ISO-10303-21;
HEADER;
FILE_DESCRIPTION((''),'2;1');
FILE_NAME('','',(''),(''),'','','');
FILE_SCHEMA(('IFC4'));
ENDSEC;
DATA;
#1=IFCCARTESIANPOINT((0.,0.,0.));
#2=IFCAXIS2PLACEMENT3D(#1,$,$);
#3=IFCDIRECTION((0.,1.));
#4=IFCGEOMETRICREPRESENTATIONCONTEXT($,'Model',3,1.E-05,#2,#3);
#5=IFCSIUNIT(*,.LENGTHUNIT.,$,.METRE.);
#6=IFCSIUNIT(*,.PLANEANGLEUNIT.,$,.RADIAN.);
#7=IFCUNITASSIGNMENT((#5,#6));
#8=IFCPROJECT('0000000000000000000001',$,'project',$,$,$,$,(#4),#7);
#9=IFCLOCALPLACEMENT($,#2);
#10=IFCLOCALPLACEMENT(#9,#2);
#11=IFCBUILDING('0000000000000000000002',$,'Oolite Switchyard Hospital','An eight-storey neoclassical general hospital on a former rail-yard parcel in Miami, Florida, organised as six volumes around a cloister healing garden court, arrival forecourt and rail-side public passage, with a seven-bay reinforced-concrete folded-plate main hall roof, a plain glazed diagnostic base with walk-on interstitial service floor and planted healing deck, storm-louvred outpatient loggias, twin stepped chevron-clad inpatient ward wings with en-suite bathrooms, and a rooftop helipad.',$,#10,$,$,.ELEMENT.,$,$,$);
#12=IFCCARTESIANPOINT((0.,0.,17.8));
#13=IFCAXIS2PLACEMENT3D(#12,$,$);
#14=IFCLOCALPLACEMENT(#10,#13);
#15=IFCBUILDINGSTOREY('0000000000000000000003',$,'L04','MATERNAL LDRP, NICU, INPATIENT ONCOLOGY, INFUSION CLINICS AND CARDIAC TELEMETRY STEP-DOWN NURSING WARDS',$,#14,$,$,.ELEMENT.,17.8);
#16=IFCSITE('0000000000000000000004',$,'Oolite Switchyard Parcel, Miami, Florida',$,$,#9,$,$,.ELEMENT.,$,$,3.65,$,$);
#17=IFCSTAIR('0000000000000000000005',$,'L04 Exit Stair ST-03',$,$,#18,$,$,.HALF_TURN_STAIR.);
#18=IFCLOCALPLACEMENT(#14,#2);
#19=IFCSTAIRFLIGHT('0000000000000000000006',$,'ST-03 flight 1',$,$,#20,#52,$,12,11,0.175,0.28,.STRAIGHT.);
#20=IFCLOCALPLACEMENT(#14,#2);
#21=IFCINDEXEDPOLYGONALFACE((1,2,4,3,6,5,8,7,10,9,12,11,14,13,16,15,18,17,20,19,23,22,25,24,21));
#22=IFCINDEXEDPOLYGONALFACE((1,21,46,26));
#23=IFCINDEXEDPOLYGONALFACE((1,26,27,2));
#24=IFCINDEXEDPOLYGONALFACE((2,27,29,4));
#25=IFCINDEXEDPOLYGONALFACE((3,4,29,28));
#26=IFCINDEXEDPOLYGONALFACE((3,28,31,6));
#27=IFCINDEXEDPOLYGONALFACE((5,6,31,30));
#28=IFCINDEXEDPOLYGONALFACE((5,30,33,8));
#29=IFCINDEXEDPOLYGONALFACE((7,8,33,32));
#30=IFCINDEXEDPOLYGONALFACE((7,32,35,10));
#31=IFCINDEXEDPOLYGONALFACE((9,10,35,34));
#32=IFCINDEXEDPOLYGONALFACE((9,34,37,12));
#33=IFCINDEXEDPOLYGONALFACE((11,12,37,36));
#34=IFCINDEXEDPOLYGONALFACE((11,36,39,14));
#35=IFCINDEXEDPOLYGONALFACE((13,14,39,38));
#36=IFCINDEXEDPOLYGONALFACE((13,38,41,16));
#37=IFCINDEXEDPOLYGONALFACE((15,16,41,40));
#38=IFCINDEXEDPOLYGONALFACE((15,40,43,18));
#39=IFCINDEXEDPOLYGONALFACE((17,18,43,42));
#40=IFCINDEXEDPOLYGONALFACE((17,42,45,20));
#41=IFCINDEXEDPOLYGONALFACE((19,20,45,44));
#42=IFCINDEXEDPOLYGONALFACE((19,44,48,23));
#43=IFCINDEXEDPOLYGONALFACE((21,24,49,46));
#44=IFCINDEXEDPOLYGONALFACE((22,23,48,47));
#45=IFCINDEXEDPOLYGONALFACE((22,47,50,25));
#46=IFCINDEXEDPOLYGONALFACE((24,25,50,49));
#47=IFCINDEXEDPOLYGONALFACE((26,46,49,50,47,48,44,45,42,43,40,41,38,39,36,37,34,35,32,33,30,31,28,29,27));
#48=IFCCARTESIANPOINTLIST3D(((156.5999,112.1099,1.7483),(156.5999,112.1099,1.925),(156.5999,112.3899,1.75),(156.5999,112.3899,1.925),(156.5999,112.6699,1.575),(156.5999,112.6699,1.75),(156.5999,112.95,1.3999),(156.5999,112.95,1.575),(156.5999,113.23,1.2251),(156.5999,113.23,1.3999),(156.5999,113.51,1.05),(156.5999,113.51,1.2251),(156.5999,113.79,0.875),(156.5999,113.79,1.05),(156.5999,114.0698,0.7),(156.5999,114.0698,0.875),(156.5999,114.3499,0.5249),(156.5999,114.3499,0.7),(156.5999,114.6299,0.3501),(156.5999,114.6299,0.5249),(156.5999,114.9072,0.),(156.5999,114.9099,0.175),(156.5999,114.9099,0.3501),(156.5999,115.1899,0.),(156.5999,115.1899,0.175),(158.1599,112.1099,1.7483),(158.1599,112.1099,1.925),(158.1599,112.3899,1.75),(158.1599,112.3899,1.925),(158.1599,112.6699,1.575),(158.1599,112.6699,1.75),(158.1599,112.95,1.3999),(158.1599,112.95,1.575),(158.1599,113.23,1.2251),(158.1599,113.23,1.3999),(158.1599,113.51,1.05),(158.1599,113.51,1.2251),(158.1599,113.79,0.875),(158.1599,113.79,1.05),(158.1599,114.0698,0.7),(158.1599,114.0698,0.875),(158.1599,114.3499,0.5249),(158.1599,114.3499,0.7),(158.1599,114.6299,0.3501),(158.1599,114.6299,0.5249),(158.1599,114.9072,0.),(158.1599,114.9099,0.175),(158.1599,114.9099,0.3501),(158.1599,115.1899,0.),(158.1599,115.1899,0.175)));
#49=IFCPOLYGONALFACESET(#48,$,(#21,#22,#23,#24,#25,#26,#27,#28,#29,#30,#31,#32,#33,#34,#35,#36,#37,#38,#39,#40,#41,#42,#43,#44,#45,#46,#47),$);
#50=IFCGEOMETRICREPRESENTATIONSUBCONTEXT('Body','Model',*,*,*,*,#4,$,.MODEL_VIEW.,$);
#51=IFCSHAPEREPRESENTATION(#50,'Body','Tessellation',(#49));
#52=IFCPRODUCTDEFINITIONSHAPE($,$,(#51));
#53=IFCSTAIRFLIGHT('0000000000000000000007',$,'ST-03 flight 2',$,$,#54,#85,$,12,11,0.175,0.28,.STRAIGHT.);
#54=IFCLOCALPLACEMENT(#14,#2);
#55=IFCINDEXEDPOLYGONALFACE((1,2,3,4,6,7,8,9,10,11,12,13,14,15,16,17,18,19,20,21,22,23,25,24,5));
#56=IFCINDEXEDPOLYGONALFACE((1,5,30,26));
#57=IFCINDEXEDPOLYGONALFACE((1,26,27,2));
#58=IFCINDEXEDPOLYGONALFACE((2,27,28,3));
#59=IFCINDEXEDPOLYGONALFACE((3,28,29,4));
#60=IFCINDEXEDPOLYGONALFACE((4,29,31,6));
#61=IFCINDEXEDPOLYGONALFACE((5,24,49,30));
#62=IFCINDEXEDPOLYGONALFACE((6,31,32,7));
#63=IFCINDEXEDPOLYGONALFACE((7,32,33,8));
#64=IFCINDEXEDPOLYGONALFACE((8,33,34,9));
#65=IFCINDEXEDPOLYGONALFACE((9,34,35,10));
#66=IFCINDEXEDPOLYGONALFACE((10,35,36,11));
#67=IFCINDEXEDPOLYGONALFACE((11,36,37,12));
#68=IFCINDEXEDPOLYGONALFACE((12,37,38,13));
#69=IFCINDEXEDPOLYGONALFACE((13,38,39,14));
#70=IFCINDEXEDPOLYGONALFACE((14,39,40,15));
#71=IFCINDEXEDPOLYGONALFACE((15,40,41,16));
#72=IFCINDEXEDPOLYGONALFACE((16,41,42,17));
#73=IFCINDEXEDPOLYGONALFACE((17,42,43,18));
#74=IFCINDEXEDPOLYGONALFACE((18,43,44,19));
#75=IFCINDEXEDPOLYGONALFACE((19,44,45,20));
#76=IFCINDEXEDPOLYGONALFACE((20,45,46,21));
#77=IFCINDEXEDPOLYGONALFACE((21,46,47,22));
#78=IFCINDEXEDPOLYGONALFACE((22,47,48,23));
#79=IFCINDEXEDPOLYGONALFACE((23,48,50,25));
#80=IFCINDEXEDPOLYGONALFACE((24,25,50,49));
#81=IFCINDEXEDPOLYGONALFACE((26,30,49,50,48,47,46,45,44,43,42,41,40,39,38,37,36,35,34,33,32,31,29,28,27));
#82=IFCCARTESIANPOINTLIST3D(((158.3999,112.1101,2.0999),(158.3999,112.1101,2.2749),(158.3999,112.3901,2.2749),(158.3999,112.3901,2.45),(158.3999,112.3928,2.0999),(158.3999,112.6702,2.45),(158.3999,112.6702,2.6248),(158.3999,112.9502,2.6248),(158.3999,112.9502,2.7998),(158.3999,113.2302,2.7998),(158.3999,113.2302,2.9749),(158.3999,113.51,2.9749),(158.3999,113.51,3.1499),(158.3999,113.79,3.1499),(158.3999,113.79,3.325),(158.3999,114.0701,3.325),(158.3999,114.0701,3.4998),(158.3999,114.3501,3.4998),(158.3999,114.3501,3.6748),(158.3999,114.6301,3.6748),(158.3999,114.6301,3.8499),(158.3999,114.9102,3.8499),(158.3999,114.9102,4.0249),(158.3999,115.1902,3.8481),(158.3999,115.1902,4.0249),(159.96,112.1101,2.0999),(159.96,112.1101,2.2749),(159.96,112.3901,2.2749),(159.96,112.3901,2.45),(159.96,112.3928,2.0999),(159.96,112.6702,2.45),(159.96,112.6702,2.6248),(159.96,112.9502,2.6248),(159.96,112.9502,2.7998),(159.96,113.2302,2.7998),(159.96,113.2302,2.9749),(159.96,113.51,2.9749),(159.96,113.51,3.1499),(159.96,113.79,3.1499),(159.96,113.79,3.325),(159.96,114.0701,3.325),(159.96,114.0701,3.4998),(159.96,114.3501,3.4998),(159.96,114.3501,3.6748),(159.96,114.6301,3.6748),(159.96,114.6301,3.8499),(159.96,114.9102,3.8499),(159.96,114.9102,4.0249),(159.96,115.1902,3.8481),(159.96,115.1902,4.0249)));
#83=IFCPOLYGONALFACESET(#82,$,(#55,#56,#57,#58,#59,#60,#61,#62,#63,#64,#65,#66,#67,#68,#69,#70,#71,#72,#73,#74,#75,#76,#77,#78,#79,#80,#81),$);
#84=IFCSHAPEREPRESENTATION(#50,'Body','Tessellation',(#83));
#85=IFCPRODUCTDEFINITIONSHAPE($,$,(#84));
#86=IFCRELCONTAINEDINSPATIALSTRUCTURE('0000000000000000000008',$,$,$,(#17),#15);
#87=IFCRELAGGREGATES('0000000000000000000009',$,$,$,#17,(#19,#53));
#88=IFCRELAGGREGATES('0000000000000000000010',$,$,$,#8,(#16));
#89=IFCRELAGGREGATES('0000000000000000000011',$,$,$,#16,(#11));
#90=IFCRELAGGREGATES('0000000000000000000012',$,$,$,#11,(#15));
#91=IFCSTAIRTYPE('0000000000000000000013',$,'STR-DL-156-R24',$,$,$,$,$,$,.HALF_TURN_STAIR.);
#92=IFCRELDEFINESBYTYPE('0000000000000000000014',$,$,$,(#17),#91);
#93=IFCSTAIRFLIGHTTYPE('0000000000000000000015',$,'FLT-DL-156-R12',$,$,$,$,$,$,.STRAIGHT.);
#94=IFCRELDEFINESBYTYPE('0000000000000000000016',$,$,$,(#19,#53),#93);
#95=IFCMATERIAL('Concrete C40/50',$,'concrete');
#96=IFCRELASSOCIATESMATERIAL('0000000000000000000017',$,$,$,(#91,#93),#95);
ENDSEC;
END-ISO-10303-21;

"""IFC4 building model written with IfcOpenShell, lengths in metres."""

from ifc_helpers import new_model, si_unit, direction, frame, origin, place, context, subcontext, project, spatial, polyline, outline, extrude, material, type_object, element, aggregate, save


model = new_model("IFC4")

# Units and contexts
model_context = context("Model", 3, precision=1e-05, world=origin(), true_north=direction((0.0, 1.0)))
body_context = subcontext(model_context, "Body", "Model", "MODEL_VIEW")
ifc_project = project(units=[si_unit("LENGTHUNIT", "METRE"), si_unit("PLANEANGLEUNIT", "RADIAN")], contexts=[model_context])

# Site, building, storey
site_placement = place(None, origin())
site = spatial("IfcSite", under=ifc_project, at=site_placement, Name="Oolite Switchyard Parcel, Miami, Florida", CompositionType="ELEMENT", RefElevation=3.65)
building_placement = place(site_placement, origin())
building = spatial("IfcBuilding", under=site, at=building_placement, Name="Oolite Switchyard Hospital", Description="An eight-storey neoclassical general hospital on a former rail-yard parcel in Miami, Florida, organised as six volumes around a cloister healing garden court, arrival forecourt and rail-side public passage, with a seven-bay reinforced-concrete folded-plate main hall roof, a plain glazed diagnostic base with walk-on interstitial service floor and planted healing deck, storm-louvred outpatient loggias, twin stepped chevron-clad inpatient ward wings with en-suite bathrooms, and a rooftop helipad.", CompositionType="ELEMENT")
storey_placement = place(building_placement, frame((0.0, 0.0, 17.8)))
storey = spatial("IfcBuildingStorey", under=building, at=storey_placement, Name="L04", Description="MATERNAL LDRP, NICU, INPATIENT ONCOLOGY, INFUSION CLINICS AND CARDIAC TELEMETRY STEP-DOWN NURSING WARDS", CompositionType="ELEMENT", Elevation=17.8)

# Shared definitions
ifc_material_1 = material(Name="Concrete C40/50", Category="concrete")

# Stair, stair flights
stair_type = type_object("IfcStairType", Name="STR-DL-156-R24", PredefinedType="HALF_TURN_STAIR", material=ifc_material_1)
stair_placement = place(storey_placement, origin())
stair = element("IfcStair", 1, at=stair_placement, inside=storey, type_object=stair_type, Name="L04 Exit Stair ST-03", PredefinedType="HALF_TURN_STAIR")
stair_flight_type = type_object("IfcStairFlightType", Name="FLT-DL-156-R12", PredefinedType="STRAIGHT", material=ifc_material_1)
stair_flight_1_placement = place(storey_placement, frame((157.3799, 115.1899, 0.0), z_axis=(0.0, 0.0, 1.0), x_axis=(0.0, -1.0, 0.0)))
stair_flight_1 = element("IfcStairFlight", 2, at=stair_flight_1_placement, type_object=stair_flight_type, Name="ST-03 flight 1", NumberOfRisers=12, NumberOfTreads=11, PredefinedType="STRAIGHT", RiserHeight=0.175, TreadLength=0.28, context=body_context, shape_type="SweptSolid", body=[
    extrude(outline(polyline([(0.0, 0.0), (0.0, 0.175), (0.28, 0.175), (0.28, 0.3501), (0.5601, 0.3501), (0.5601, 0.5249), (0.8401, 0.5249), (0.8401, 0.7), (1.1201, 0.7), (1.1201, 0.875), (1.3999, 0.875), (1.3999, 1.05), (1.6799, 1.05), (1.6799, 1.2251), (1.96, 1.2251), (1.96, 1.3999), (2.24, 1.3999), (2.24, 1.575), (2.52, 1.575), (2.52, 1.75), (2.8, 1.75), (2.8, 1.925), (3.0801, 1.925), (3.0801, 2.1001), (3.0801, 1.7483), (0.2827, 0.0), (0.0, 0.0)])), frame((0.0, 0.78, 0.0), z_axis=(0.0, -1.0, 0.0), x_axis=(1.0, 0.0, 0.0)), (0.0, 0.0, 1.0), 1.5601),
])
stair_flight_2_placement = place(storey_placement, frame((159.1799, 112.1101, 2.0999), z_axis=(0.0, 0.0, 1.0), x_axis=(0.0, 1.0, 0.0)))
stair_flight_2 = element("IfcStairFlight", 3, at=stair_flight_2_placement, type_object=stair_flight_type, Name="ST-03 flight 2", NumberOfRisers=12, NumberOfTreads=11, PredefinedType="STRAIGHT", RiserHeight=0.175, TreadLength=0.28, context=body_context, shape_type="SweptSolid", body=[
    extrude(outline(polyline([(0.0, 0.0), (0.0, 0.175), (0.28, 0.175), (0.28, 0.3501), (0.5601, 0.3501), (0.5601, 0.5249), (0.8401, 0.5249), (0.8401, 0.7), (1.1201, 0.7), (1.1201, 0.875), (1.3999, 0.875), (1.3999, 1.05), (1.6799, 1.05), (1.6799, 1.2251), (1.96, 1.2251), (1.96, 1.3999), (2.24, 1.3999), (2.24, 1.575), (2.52, 1.575), (2.52, 1.75), (2.8, 1.75), (2.8, 1.925), (3.0801, 1.925), (3.0801, 2.1001), (3.0801, 1.7483), (0.2827, 0.0), (0.0, 0.0)])), frame((0.0, 0.78, 0.0), z_axis=(0.0, -1.0, 0.0), x_axis=(1.0, 0.0, 0.0)), (0.0, 0.0, 1.0), 1.5601),
])
aggregate(stair, [stair_flight_1, stair_flight_2])

save(model, "model.ifc")
